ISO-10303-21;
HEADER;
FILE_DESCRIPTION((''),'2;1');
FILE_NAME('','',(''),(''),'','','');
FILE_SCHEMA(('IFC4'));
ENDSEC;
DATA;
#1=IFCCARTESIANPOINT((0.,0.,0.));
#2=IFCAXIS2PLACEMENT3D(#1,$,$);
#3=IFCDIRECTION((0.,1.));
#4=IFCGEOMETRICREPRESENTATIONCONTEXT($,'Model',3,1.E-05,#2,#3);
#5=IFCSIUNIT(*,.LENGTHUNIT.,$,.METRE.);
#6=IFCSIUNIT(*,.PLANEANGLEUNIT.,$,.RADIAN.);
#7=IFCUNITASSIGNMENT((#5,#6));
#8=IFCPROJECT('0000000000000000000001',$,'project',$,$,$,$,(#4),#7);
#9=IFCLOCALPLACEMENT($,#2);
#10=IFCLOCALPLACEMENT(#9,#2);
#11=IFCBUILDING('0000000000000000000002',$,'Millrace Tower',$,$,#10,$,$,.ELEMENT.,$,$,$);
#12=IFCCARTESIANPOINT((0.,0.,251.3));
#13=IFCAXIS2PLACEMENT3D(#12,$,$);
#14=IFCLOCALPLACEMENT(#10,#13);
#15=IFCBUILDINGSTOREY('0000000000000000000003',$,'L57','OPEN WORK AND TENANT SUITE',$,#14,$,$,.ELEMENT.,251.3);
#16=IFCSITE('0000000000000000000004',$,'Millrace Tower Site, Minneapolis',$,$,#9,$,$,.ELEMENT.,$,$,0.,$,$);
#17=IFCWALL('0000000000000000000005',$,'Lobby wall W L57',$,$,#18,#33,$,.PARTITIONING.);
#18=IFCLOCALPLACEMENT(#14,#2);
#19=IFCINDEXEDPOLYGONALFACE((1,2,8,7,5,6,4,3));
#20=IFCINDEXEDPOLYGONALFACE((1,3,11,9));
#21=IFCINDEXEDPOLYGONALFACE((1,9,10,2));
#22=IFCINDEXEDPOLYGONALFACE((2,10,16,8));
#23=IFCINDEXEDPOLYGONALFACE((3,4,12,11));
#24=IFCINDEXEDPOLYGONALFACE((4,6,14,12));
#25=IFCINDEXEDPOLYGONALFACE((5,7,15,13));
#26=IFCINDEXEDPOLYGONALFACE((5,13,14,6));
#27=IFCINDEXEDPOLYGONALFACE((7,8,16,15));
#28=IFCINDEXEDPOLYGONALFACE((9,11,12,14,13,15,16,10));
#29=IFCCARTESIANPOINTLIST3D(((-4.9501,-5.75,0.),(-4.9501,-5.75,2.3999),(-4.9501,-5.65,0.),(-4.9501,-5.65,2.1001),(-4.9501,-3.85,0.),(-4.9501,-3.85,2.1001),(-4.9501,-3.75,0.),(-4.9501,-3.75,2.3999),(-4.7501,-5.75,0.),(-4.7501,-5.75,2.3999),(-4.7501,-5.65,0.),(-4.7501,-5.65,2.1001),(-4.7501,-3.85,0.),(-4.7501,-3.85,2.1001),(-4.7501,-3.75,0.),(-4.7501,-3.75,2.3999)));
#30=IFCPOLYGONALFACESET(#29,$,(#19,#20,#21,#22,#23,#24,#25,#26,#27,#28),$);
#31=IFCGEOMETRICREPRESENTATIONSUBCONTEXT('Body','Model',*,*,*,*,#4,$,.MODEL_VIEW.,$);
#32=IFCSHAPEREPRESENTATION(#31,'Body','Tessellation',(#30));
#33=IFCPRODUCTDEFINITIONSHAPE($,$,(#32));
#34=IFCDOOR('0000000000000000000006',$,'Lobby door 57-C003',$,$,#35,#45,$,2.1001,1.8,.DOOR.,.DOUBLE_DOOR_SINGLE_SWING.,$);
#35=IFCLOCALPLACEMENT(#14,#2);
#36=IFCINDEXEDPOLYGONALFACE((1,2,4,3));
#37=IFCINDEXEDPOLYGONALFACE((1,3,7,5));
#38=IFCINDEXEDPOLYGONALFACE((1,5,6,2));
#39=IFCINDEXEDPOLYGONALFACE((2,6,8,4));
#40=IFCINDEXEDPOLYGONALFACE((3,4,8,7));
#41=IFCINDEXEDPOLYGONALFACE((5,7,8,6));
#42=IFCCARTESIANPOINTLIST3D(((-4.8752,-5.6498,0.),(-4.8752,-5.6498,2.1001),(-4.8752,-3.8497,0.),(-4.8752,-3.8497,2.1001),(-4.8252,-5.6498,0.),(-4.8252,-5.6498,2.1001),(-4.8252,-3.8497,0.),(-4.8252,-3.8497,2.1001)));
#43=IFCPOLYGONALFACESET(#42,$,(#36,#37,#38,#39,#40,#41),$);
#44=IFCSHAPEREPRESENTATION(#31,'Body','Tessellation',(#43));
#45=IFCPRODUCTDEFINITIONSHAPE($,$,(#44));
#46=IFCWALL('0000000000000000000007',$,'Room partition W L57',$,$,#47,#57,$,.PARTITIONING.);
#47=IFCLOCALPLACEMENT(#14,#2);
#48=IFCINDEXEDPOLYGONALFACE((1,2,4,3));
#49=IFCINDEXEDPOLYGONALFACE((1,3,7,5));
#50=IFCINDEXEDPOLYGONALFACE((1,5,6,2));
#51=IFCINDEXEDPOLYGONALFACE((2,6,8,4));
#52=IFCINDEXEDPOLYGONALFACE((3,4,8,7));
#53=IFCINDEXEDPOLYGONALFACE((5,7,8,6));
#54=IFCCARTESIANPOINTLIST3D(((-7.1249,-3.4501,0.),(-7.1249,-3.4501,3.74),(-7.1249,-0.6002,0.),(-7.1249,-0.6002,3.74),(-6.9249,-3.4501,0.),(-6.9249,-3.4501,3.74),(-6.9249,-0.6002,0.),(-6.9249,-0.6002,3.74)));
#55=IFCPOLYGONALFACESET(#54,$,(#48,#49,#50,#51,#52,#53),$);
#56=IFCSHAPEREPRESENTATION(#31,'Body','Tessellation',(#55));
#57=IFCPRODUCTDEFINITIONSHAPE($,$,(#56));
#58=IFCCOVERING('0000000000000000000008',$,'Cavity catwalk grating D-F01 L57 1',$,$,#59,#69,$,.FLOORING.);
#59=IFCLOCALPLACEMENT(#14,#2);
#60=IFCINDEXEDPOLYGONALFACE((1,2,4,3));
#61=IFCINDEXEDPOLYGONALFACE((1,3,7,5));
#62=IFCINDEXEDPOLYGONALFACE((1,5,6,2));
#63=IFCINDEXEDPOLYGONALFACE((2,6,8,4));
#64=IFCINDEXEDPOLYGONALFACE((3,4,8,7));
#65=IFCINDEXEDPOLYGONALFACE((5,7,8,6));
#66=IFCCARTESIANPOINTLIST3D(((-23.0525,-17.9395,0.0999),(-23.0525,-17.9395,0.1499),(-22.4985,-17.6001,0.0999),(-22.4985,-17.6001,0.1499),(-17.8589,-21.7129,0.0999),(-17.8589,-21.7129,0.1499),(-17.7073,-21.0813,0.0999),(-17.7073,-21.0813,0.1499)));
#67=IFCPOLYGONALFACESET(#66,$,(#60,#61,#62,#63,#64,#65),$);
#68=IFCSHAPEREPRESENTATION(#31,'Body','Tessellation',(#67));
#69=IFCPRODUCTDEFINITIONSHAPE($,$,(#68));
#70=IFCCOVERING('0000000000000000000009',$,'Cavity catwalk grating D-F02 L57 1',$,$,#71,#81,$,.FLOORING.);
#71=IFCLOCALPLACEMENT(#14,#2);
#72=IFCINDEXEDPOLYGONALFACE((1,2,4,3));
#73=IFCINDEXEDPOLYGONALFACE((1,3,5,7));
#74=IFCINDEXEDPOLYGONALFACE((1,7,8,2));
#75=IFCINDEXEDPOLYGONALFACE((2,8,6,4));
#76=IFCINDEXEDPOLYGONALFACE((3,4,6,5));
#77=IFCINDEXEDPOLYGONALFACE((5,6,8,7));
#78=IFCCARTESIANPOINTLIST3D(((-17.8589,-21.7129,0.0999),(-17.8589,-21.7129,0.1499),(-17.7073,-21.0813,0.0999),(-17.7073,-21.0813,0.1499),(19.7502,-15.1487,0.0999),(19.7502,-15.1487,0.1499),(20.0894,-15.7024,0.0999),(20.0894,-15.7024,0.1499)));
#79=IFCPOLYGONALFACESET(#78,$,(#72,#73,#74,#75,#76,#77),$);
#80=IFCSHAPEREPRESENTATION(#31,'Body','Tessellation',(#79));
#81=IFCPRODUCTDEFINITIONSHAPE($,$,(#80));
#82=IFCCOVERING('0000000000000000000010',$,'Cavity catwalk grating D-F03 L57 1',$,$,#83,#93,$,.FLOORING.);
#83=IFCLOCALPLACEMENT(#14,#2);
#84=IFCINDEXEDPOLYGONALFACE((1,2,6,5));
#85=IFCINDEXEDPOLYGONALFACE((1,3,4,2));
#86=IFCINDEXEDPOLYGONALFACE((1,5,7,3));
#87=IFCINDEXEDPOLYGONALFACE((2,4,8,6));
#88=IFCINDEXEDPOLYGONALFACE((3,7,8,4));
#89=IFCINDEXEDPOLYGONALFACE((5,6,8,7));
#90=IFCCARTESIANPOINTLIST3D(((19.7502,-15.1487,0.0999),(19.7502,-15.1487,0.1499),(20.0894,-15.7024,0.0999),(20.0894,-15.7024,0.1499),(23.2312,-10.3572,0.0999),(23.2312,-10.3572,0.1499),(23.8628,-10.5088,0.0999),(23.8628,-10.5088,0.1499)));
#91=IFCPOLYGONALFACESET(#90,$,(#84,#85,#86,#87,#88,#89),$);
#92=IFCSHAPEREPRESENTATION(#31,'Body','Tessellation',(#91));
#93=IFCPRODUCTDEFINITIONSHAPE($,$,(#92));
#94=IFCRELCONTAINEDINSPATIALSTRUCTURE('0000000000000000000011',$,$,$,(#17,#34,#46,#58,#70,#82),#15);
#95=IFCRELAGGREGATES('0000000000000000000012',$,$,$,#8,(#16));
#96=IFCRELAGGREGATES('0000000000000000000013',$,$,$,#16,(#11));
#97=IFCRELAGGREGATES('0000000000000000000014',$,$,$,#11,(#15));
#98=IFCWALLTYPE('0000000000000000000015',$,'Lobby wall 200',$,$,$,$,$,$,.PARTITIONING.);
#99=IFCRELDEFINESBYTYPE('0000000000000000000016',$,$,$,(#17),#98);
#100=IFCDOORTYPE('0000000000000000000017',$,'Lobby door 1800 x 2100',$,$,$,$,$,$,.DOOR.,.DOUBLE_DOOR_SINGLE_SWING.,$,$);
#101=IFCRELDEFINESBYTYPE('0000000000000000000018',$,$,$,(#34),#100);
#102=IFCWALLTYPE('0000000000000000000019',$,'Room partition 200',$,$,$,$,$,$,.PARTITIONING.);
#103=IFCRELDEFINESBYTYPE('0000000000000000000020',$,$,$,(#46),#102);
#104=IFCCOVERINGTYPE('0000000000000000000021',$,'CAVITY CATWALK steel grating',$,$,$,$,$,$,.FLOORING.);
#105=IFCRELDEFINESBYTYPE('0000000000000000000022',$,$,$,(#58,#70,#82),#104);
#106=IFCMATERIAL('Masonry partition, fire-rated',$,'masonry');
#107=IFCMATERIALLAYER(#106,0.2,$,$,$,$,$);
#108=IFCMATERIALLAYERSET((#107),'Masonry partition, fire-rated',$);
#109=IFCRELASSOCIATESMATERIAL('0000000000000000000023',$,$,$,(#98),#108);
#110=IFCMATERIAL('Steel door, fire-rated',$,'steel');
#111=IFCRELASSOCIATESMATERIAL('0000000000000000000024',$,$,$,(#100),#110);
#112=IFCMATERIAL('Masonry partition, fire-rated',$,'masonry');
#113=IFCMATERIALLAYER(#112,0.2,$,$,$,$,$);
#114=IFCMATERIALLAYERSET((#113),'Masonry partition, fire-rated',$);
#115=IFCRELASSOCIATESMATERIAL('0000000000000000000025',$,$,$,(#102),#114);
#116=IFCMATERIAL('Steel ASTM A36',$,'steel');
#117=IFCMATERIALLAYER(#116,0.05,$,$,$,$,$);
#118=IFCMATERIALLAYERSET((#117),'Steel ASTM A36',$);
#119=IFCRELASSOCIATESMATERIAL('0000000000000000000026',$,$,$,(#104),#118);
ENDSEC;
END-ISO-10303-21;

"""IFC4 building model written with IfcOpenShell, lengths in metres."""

from ifc_helpers import new_model, si_unit, direction, frame, frame_2d, origin, place, context, subcontext, project, spatial, polyline, rectangle, outline, extrude, material, layer, layer_set, type_object, element, fill, save


model = new_model("IFC4")

# Units and contexts
model_context = context("Model", 3, precision=1e-05, world=origin(), true_north=direction((0.0, 1.0)))
body_context = subcontext(model_context, "Body", "Model", "MODEL_VIEW")
ifc_project = project(units=[si_unit("LENGTHUNIT", "METRE"), si_unit("PLANEANGLEUNIT", "RADIAN")], contexts=[model_context])

# Site, building, storey
site_placement = place(None, origin())
site = spatial("IfcSite", under=ifc_project, at=site_placement, Name="Millrace Tower Site, Minneapolis", CompositionType="ELEMENT", RefElevation=0.0)
building_placement = place(site_placement, origin())
building = spatial("IfcBuilding", under=site, at=building_placement, Name="Millrace Tower", CompositionType="ELEMENT")
storey_placement = place(building_placement, frame((0.0, 0.0, 251.3)))
storey = spatial("IfcBuildingStorey", under=building, at=storey_placement, Name="L57", Description="OPEN WORK AND TENANT SUITE", CompositionType="ELEMENT", Elevation=251.3)

# Wall, opening, door
ifc_material_1 = material(Name="Masonry partition, fire-rated", Category="masonry")
ifc_layer_1 = layer(ifc_material_1, 0.2)
ifc_layer_set_1 = layer_set([ifc_layer_1], Name="Masonry partition, fire-rated")
wall_type_1 = type_object("IfcWallType", Name="Lobby wall 200", PredefinedType="PARTITIONING", material=ifc_layer_set_1)
wall_1_placement = place(storey_placement, frame((-4.8501, -5.75, 0.0), z_axis=(0.0, 0.0, 1.0), x_axis=(0.0, 1.0, 0.0)))
wall_1 = element("IfcWall", 1, at=wall_1_placement, inside=storey, type_object=wall_type_1, Name="Lobby wall W L57", PredefinedType="PARTITIONING", context=body_context, shape_type="SweptSolid", body=[
    extrude(rectangle(XDim=2.0, YDim=0.2, at=frame_2d((1.0, 0.0))), origin(), (0.0, 0.0, 1.0), 2.3999),
])
opening_1_placement = place(wall_1_placement, frame((0.1001, 0.0, 0.0)))
opening_1 = element("IfcOpeningElement", 2, at=opening_1_placement, cuts=wall_1, PredefinedType="OPENING", context=body_context, shape_type="SweptSolid", body=[
    extrude(rectangle(XDim=1.8, YDim=2.1001, at=frame_2d((0.8999, 1.05))), frame((0.0, 0.1099, 0.0), z_axis=(0.0, -1.0, 0.0), x_axis=(1.0, 0.0, 0.0)), (0.0, 0.0, 1.0), 0.22),
])
ifc_material_2 = material(Name="Steel door, fire-rated", Category="steel")
door_type_1 = type_object("IfcDoorType", Name="Lobby door 1800 x 2100", OperationType="DOUBLE_DOOR_SINGLE_SWING", PredefinedType="DOOR", material=ifc_material_2)
door_1_placement = place(opening_1_placement, frame((1.8, 0.0, 0.0), z_axis=(0.0, 0.0, 1.0), x_axis=(-1.0, 0.0, 0.0)))
door_1 = element("IfcDoor", 3, at=door_1_placement, inside=storey, type_object=door_type_1, Name="Lobby door 57-C003", OperationType="DOUBLE_DOOR_SINGLE_SWING", OverallHeight=2.1001, OverallWidth=1.8, PredefinedType="DOOR", context=body_context, shape_type="SweptSolid", body=[
    extrude(rectangle(XDim=1.8, YDim=2.1001, at=frame_2d((0.8999, 1.05))), frame((0.0, 0.0249, 0.0), z_axis=(0.0, -1.0, 0.0), x_axis=(1.0, 0.0, 0.0)), (0.0, 0.0, 1.0), 0.05),
])
fill(opening_1, door_1)

# Wall
ifc_material_3 = material(Name="Masonry partition, fire-rated", Category="masonry")
ifc_layer_2 = layer(ifc_material_3, 0.2)
ifc_layer_set_2 = layer_set([ifc_layer_2], Name="Masonry partition, fire-rated")
wall_type_2 = type_object("IfcWallType", Name="Room partition 200", PredefinedType="PARTITIONING", material=ifc_layer_set_2)
wall_2_placement = place(storey_placement, frame((-7.0249, -3.45, 0.0), z_axis=(0.0, 0.0, 1.0), x_axis=(0.0, 1.0, 0.0)))
element("IfcWall", 4, at=wall_2_placement, inside=storey, type_object=wall_type_2, Name="Room partition W L57", PredefinedType="PARTITIONING", context=body_context, shape_type="SweptSolid", body=[
    extrude(rectangle(XDim=2.8499, YDim=0.2, at=frame_2d((1.4248, 0.0))), origin(), (0.0, 0.0, 1.0), 3.74),
])

# Coverings
ifc_material_4 = material(Name="Steel ASTM A36", Category="steel")
ifc_layer_3 = layer(ifc_material_4, 0.05)
ifc_layer_set_3 = layer_set([ifc_layer_3], Name="Steel ASTM A36")
covering_type = type_object("IfcCoveringType", Name="CAVITY CATWALK steel grating", PredefinedType="FLOORING", material=ifc_layer_set_3)
placement_1 = place(storey_placement, frame((0.0, 0.0, 0.0999)))
element("IfcCovering", 5, at=placement_1, inside=storey, type_object=covering_type, Name="Cavity catwalk grating D-F01 L57 1", PredefinedType="FLOORING", context=body_context, shape_type="SweptSolid", body=[
    extrude(outline(polyline([(-23.0525, -17.9395), (-17.8589, -21.7129), (-17.7073, -21.0813), (-22.4985, -17.6001), (-23.0525, -17.9395)])), origin(), (0.0, 0.0, 1.0), 0.05),
])
element("IfcCovering", 6, at=placement_1, inside=storey, type_object=covering_type, Name="Cavity catwalk grating D-F02 L57 1", PredefinedType="FLOORING", context=body_context, shape_type="SweptSolid", body=[
    extrude(outline(polyline([(-17.8589, -21.7129), (20.0894, -15.7024), (19.7502, -15.1487), (-17.7073, -21.0813), (-17.8589, -21.7129)])), origin(), (0.0, 0.0, 1.0), 0.05),
])
element("IfcCovering", 7, at=placement_1, inside=storey, type_object=covering_type, Name="Cavity catwalk grating D-F03 L57 1", PredefinedType="FLOORING", context=body_context, shape_type="SweptSolid", body=[
    extrude(outline(polyline([(20.0894, -15.7024), (23.8628, -10.5088), (23.2312, -10.3572), (19.7502, -15.1487), (20.0894, -15.7024)])), origin(), (0.0, 0.0, 1.0), 0.05),
])

save(model, "model.ifc")
